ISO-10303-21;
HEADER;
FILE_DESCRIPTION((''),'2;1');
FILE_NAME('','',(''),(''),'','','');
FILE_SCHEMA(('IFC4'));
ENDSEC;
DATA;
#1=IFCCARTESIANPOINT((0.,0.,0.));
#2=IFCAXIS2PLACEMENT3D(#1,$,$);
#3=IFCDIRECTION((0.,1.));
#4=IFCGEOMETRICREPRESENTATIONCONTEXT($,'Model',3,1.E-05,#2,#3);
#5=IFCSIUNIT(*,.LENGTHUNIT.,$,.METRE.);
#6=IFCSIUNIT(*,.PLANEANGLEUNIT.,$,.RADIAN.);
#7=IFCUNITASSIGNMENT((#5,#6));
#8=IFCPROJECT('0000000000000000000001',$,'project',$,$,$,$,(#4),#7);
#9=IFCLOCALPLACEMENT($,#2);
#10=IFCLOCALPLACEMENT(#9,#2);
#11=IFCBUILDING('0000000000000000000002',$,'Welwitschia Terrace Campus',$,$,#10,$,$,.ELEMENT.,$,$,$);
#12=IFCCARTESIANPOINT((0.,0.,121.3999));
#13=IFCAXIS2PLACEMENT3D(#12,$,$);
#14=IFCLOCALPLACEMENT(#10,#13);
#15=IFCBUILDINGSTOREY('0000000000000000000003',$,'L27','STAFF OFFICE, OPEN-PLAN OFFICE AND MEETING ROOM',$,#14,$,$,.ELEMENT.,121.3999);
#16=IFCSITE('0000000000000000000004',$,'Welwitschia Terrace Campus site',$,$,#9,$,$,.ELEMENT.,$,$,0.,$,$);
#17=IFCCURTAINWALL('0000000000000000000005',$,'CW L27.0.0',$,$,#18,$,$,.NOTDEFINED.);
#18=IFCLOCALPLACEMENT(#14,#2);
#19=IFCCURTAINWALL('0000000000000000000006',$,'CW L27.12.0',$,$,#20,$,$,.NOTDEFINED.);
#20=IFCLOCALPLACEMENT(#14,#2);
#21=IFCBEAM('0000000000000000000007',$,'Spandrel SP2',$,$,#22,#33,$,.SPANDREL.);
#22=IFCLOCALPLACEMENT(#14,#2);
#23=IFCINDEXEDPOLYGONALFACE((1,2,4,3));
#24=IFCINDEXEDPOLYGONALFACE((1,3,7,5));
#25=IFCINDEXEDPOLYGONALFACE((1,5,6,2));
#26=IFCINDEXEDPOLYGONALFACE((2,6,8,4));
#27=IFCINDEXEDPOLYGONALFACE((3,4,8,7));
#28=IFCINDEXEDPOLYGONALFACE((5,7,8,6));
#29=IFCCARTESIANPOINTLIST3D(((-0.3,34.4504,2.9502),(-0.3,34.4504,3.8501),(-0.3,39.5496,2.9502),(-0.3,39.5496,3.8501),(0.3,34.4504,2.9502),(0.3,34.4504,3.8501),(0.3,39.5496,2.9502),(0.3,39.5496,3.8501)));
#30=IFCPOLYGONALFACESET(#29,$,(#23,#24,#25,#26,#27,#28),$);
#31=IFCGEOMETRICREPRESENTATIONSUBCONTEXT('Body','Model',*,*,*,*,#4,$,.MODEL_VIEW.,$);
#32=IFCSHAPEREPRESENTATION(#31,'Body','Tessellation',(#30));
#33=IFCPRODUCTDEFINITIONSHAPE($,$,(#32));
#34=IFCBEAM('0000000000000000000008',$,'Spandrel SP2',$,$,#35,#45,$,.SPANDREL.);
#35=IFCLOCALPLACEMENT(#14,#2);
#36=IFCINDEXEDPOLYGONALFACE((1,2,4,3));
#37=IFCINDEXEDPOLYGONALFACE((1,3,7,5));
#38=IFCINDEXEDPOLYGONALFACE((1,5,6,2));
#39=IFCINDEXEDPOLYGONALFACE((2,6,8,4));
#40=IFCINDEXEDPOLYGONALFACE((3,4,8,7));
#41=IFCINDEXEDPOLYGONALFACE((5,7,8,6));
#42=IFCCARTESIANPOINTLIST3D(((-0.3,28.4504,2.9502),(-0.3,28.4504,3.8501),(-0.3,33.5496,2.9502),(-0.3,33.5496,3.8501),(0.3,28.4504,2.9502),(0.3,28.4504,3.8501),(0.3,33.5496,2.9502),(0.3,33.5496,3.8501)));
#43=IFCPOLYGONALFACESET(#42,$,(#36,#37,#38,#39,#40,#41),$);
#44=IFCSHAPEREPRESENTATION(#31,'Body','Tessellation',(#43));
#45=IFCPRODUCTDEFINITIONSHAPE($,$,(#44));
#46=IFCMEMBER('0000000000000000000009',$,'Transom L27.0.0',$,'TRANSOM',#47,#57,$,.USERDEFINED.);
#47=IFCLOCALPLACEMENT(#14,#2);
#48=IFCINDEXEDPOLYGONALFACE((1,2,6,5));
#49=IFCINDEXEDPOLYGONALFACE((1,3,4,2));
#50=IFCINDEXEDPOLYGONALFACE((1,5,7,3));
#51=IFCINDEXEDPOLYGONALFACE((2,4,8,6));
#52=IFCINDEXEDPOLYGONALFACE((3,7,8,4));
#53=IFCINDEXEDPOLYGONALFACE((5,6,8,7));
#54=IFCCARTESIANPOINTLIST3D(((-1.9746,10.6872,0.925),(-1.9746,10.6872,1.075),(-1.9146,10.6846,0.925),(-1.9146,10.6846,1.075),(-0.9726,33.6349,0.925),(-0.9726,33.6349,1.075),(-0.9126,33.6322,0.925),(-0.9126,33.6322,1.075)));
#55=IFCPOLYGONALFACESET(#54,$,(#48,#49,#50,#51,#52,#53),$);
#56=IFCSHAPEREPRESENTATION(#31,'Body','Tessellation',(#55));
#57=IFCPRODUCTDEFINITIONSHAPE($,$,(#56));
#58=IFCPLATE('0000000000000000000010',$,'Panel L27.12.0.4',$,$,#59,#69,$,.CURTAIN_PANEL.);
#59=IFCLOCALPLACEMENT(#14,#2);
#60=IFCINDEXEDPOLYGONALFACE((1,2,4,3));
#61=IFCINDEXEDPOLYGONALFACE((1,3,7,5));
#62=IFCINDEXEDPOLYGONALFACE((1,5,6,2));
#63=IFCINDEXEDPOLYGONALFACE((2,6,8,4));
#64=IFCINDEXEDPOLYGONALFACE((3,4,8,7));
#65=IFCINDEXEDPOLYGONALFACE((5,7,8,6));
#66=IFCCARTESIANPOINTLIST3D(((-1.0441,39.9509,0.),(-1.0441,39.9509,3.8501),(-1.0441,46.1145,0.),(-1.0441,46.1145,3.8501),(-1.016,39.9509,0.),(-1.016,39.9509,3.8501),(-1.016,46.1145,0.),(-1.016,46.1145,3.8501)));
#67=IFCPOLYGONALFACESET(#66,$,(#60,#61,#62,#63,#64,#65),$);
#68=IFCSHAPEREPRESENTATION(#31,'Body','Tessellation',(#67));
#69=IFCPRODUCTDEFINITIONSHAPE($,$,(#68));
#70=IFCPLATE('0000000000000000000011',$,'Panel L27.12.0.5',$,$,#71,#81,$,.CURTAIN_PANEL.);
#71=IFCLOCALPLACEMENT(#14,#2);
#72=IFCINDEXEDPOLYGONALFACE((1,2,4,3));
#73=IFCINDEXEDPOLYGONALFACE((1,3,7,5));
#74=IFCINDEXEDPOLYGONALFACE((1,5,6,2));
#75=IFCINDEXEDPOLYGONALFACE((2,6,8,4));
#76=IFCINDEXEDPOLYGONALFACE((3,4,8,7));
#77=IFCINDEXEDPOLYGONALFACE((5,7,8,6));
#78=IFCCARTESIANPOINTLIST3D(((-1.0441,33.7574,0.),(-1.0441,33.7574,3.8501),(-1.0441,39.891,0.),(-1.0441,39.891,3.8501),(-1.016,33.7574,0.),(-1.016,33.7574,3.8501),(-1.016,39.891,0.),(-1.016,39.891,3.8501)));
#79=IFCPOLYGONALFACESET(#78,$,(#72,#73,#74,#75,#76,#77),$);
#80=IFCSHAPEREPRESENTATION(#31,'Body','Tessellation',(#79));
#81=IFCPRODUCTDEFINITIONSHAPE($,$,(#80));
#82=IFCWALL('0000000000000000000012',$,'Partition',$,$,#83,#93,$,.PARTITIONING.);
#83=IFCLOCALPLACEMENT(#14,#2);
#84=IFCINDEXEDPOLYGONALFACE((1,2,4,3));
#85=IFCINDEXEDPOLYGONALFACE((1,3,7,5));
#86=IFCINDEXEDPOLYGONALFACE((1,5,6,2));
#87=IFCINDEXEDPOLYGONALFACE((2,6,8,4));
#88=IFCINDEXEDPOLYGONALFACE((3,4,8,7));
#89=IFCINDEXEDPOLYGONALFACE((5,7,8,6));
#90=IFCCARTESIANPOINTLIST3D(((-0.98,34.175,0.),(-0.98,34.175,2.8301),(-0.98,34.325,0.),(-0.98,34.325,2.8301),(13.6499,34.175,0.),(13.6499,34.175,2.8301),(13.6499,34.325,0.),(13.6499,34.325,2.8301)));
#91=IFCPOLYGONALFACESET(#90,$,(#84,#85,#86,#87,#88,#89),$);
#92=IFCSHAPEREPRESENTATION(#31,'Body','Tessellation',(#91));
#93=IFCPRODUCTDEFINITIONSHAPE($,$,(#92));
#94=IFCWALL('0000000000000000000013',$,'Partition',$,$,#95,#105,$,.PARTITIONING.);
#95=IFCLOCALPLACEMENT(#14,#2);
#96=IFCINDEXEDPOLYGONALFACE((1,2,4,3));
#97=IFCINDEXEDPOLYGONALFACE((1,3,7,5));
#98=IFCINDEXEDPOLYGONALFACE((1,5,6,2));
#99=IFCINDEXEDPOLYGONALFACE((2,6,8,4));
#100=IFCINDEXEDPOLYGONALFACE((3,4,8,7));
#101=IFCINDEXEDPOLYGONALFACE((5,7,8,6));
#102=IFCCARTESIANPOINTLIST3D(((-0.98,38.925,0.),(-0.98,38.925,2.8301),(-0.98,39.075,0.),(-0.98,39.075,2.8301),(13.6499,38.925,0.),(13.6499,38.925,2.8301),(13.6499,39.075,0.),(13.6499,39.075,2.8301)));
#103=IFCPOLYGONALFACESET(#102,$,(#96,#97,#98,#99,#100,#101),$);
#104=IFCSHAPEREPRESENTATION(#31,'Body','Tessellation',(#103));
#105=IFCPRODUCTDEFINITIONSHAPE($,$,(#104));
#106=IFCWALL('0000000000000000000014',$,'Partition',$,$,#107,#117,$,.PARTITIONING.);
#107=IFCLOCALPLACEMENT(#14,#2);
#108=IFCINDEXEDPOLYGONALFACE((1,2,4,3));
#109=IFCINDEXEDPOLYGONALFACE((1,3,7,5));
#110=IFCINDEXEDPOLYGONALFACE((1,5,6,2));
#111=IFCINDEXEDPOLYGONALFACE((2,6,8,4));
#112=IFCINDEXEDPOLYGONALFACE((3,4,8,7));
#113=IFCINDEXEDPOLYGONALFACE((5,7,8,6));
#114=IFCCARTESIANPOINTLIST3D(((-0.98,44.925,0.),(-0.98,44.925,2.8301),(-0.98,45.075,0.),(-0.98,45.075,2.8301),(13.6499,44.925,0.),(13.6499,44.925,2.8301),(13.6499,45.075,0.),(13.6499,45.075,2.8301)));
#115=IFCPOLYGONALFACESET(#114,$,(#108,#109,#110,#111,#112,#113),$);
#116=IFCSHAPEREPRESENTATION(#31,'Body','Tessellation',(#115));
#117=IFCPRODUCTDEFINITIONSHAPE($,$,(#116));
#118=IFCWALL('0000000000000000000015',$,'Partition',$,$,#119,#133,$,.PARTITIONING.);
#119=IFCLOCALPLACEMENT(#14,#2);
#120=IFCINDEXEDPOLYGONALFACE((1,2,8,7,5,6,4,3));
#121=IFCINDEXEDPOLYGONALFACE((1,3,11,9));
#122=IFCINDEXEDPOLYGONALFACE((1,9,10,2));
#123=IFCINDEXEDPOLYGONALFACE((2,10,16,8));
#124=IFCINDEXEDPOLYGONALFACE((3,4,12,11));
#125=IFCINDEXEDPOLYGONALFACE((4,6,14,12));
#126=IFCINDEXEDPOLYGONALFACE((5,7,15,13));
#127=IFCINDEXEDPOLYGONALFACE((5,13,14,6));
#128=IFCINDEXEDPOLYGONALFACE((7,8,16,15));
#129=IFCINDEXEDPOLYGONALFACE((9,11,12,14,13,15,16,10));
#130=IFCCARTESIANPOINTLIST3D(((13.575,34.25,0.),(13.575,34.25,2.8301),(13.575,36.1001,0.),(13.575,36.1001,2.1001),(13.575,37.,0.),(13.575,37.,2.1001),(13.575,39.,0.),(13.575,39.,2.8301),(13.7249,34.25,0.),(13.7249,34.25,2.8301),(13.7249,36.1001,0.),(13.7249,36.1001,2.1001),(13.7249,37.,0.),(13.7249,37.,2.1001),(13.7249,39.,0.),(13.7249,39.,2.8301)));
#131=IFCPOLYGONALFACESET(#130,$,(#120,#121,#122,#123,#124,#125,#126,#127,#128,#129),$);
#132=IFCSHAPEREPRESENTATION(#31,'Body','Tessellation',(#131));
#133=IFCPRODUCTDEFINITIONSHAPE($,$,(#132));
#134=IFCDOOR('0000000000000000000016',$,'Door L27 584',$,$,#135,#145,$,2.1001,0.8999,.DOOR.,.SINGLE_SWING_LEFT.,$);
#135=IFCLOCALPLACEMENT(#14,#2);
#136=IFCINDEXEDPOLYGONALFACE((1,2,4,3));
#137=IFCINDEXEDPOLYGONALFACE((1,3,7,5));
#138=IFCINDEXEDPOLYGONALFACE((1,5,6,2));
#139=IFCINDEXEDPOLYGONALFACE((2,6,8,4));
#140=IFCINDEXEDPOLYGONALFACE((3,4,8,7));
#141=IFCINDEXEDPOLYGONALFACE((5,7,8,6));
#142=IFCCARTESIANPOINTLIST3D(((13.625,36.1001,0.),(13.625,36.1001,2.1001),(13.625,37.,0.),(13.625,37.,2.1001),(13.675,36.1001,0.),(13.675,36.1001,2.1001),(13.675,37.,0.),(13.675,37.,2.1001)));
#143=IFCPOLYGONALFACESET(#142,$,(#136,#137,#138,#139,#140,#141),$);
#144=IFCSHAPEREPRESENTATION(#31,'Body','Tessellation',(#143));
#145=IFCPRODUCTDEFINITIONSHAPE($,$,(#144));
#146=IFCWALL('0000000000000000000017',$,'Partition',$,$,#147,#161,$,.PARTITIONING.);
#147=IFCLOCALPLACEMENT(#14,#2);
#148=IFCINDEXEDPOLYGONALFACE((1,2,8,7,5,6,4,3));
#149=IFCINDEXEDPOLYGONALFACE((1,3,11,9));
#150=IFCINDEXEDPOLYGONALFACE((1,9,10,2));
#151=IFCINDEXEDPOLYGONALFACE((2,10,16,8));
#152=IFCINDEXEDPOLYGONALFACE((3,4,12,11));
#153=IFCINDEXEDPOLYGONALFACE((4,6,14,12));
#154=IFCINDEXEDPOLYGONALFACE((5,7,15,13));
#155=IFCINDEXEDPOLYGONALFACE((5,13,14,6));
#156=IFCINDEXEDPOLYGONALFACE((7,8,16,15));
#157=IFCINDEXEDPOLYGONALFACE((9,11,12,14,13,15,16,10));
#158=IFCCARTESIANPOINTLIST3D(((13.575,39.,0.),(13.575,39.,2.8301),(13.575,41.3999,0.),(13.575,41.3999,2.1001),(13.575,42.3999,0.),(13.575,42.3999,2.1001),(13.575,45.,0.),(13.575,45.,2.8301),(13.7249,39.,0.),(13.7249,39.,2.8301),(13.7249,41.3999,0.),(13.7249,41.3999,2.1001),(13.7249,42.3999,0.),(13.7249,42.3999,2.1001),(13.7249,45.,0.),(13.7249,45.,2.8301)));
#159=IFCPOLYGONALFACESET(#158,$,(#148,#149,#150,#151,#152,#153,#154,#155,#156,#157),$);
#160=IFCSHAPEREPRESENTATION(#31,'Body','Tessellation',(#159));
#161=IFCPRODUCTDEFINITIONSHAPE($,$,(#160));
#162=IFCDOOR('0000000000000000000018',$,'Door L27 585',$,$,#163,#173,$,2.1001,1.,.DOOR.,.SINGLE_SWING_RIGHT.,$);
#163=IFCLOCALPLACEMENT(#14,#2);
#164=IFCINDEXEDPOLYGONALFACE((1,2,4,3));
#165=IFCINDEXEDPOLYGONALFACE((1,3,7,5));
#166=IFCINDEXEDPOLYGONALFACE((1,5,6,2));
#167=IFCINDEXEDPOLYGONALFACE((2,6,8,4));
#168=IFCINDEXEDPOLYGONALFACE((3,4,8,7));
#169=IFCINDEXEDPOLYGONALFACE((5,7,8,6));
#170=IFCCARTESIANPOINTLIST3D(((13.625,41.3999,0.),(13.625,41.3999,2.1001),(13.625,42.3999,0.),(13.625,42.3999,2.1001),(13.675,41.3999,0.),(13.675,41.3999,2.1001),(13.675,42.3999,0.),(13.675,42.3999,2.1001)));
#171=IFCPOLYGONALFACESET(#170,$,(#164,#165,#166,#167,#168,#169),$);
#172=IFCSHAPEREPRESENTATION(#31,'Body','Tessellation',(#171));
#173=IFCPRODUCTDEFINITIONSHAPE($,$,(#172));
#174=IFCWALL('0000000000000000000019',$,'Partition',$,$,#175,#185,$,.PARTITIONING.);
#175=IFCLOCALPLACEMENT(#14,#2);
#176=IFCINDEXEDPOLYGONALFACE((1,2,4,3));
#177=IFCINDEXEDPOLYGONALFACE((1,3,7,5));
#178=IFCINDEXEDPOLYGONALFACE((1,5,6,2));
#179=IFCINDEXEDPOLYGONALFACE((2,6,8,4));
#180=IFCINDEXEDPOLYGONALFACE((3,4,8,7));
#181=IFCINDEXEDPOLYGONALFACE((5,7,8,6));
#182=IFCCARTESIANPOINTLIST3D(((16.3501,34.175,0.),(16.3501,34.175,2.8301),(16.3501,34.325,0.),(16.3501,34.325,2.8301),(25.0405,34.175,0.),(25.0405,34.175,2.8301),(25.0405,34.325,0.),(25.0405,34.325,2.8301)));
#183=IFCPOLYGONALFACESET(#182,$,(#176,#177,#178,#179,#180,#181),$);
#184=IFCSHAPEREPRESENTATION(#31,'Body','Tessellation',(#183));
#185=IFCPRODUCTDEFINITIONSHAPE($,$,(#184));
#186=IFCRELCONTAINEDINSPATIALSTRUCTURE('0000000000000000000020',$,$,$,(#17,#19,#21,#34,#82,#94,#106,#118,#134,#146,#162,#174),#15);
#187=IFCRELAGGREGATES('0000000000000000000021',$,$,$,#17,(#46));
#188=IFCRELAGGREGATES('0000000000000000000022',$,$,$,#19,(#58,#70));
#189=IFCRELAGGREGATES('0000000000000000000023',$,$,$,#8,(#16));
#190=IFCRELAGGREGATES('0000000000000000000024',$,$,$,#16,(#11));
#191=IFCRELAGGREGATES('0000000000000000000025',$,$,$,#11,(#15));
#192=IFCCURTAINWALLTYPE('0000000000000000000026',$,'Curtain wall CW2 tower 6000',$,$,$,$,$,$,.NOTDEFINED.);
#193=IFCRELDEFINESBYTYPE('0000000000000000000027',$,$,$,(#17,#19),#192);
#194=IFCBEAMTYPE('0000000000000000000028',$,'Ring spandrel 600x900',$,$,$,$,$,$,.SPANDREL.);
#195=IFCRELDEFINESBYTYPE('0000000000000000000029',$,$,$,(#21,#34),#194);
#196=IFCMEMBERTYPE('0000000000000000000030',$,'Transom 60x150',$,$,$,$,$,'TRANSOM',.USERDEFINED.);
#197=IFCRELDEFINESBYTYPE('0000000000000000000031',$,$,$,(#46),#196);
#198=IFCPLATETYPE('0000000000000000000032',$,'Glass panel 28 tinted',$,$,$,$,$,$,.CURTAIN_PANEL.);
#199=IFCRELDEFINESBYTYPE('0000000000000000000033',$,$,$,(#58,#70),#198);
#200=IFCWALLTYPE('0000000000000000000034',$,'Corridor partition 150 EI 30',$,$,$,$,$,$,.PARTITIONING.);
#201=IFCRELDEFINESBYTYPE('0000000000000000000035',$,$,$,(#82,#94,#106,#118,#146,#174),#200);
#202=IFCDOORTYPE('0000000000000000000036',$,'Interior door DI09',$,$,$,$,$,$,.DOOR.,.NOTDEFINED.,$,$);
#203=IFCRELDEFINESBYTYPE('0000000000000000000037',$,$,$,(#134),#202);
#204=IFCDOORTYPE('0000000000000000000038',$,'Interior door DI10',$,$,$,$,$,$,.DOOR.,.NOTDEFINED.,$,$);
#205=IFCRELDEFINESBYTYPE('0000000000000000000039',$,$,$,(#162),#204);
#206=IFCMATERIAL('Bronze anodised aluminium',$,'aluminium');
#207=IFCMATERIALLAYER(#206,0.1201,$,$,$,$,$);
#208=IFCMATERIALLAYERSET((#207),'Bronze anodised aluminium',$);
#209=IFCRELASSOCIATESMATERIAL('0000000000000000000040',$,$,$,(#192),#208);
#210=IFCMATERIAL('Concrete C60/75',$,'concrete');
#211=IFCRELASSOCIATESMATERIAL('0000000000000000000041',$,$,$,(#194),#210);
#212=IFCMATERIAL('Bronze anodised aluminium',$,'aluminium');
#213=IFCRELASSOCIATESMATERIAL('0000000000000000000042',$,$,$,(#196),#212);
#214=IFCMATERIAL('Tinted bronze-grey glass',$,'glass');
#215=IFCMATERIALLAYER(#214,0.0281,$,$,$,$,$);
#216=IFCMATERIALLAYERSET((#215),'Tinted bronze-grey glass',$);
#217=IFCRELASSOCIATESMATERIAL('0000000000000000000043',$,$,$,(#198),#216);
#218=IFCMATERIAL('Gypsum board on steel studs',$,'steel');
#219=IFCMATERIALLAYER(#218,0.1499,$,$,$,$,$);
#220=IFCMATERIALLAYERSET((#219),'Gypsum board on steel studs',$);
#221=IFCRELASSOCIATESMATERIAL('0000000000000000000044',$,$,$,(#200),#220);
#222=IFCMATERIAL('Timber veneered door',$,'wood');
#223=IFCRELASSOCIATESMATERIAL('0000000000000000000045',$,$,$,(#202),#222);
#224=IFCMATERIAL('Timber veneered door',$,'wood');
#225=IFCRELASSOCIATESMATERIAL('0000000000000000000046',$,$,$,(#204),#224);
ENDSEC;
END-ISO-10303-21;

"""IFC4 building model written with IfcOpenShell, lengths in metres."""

from ifc_helpers import new_model, si_unit, direction, frame, frame_2d, origin, origin_2d, place, context, subcontext, project, spatial, rectangle, extrude, material, layer, layer_set, material_profile, profile_set, type_object, element, fill, aggregate, save


model = new_model("IFC4")

# Units and contexts
model_context = context("Model", 3, precision=1e-05, world=origin(), true_north=direction((0.0, 1.0)))
body_context = subcontext(model_context, "Body", "Model", "MODEL_VIEW")
ifc_project = project(units=[si_unit("LENGTHUNIT", "METRE"), si_unit("PLANEANGLEUNIT", "RADIAN")], contexts=[model_context])

# Site, building, storey
site_placement = place(None, origin())
site = spatial("IfcSite", under=ifc_project, at=site_placement, Name="Welwitschia Terrace Campus site", CompositionType="ELEMENT", RefElevation=0.0)
building_placement = place(site_placement, origin())
building = spatial("IfcBuilding", under=site, at=building_placement, Name="Welwitschia Terrace Campus", CompositionType="ELEMENT")
storey_placement = place(building_placement, frame((0.0, 0.0, 121.3999)))
storey = spatial("IfcBuildingStorey", under=building, at=storey_placement, Name="L27", Description="STAFF OFFICE, OPEN-PLAN OFFICE AND MEETING ROOM", CompositionType="ELEMENT", Elevation=121.3999)

# Curtain wall
ifc_material_1 = material(Name="Bronze anodised aluminium", Category="aluminium")
ifc_layer_1 = layer(ifc_material_1, 0.1201)
ifc_layer_set_1 = layer_set([ifc_layer_1], Name="Bronze anodised aluminium")
curtain_wall_type = type_object("IfcCurtainWallType", Name="Curtain wall CW2 tower 6000", PredefinedType="NOTDEFINED", material=ifc_layer_set_1)
curtain_wall_1_placement = place(storey_placement, origin())
curtain_wall_1 = element("IfcCurtainWall", 1, at=curtain_wall_1_placement, inside=storey, type_object=curtain_wall_type, Name="CW L27.0.0", PredefinedType="NOTDEFINED")

# Curtain wall
curtain_wall_2_placement = place(storey_placement, origin())
curtain_wall_2 = element("IfcCurtainWall", 2, at=curtain_wall_2_placement, inside=storey, type_object=curtain_wall_type, Name="CW L27.12.0", PredefinedType="NOTDEFINED")

# Beams
ifc_material_2 = material(Name="Concrete C60/75", Category="concrete")
ifc_material_profile_1 = material_profile(ifc_material_2, rectangle(XDim=0.6001, YDim=0.8999, at=origin_2d()))
ifc_profile_set_1 = profile_set([ifc_material_profile_1], Name="Concrete C60/75")
beam_type_1 = type_object("IfcBeamType", Name="Ring spandrel 600x900", PredefinedType="SPANDREL", material=ifc_profile_set_1)
for number, where, z_axis, x_axis, name in (
    (3, (0.0, 39.5496, 3.4001), (0.0, -1.0, 0.0), (1.0, 0.0, 0.0), "Spandrel SP2"),
    (4, (0.0, 33.5496, 3.4001), (0.0, -1.0, 0.0), (1.0, 0.0, 0.0), "Spandrel SP2"),
):
    element("IfcBeam", number, at=place(storey_placement, frame(where, z_axis=z_axis, x_axis=x_axis)), inside=storey, type_object=beam_type_1, Name=name, PredefinedType="SPANDREL", context=body_context, shape_type="SweptSolid", body=[
        extrude(rectangle(XDim=0.6001, YDim=0.8999, at=origin_2d()), origin(), (0.0, 0.0, 1.0), 5.0991),
    ])

# Member
ifc_material_3 = material(Name="Bronze anodised aluminium", Category="aluminium")
ifc_material_profile_2 = material_profile(ifc_material_3, rectangle(XDim=0.0601, YDim=0.1499, at=origin_2d()))
ifc_profile_set_2 = profile_set([ifc_material_profile_2], Name="Bronze anodised aluminium")
member_type_1 = type_object("IfcMemberType", Name="Transom 60x150", ElementType="TRANSOM", PredefinedType="USERDEFINED", material=ifc_profile_set_2)
member_1_placement = place(storey_placement, frame((-0.9426, 33.6335, 1.0), z_axis=(-0.043621, -0.999048, 0.0), x_axis=(0.999048, -0.043621, 0.0)))
member_1 = element("IfcMember", 5, at=member_1_placement, type_object=member_type_1, Name="Transom L27.0.0", ObjectType="TRANSOM", PredefinedType="USERDEFINED", context=body_context, shape_type="SweptSolid", body=[
    extrude(rectangle(XDim=0.0601, YDim=0.1499, at=origin_2d()), origin(), (0.0, 0.0, 1.0), 22.9695),
])
aggregate(curtain_wall_1, [member_1])

# Plates
ifc_material_4 = material(Name="Tinted bronze-grey glass", Category="glass")
ifc_layer_2 = layer(ifc_material_4, 0.0281)
ifc_layer_set_2 = layer_set([ifc_layer_2], Name="Tinted bronze-grey glass")
plate_type = type_object("IfcPlateType", Name="Glass panel 28 tinted", PredefinedType="CURTAIN_PANEL", material=ifc_layer_set_2)
plate_1_placement = place(storey_placement, frame((-1.03, 43.0327, 0.0), z_axis=(0.0, 0.0, 1.0), x_axis=(0.0, -1.0, 0.0)))
plate_1 = element("IfcPlate", 6, at=plate_1_placement, type_object=plate_type, Name="Panel L27.12.0.4", PredefinedType="CURTAIN_PANEL", context=body_context, shape_type="SweptSolid", body=[
    extrude(rectangle(XDim=6.1636, YDim=0.0281, at=origin_2d()), origin(), (0.0, 0.0, 1.0), 3.8501),
])
plate_2_placement = place(storey_placement, frame((-1.03, 36.8242, 0.0), z_axis=(0.0, 0.0, 1.0), x_axis=(0.0, -1.0, 0.0)))
plate_2 = element("IfcPlate", 7, at=plate_2_placement, type_object=plate_type, Name="Panel L27.12.0.5", PredefinedType="CURTAIN_PANEL", context=body_context, shape_type="SweptSolid", body=[
    extrude(rectangle(XDim=6.1335, YDim=0.0281, at=origin_2d()), origin(), (0.0, 0.0, 1.0), 3.8501),
])
aggregate(curtain_wall_2, [plate_1, plate_2])

# Walls
ifc_material_5 = material(Name="Gypsum board on steel studs", Category="steel")
ifc_layer_3 = layer(ifc_material_5, 0.1499)
ifc_layer_set_3 = layer_set([ifc_layer_3], Name="Gypsum board on steel studs")
wall_type = type_object("IfcWallType", Name="Corridor partition 150 EI 30", PredefinedType="PARTITIONING", material=ifc_layer_set_3)
for number, where, z_axis, x_axis, name in (
    (8, (-0.98, 34.25, 0.0), (0.0, 0.0, 1.0), (1.0, 0.0, 0.0), "Partition"),
    (9, (-0.98, 39.0, 0.0), (0.0, 0.0, 1.0), (1.0, 0.0, 0.0), "Partition"),
    (10, (-0.98, 45.0, 0.0), (0.0, 0.0, 1.0), (1.0, 0.0, 0.0), "Partition"),
):
    element("IfcWall", number, at=place(storey_placement, frame(where, z_axis=z_axis, x_axis=x_axis)), inside=storey, type_object=wall_type, Name=name, PredefinedType="PARTITIONING", context=body_context, shape_type="SweptSolid", body=[
        extrude(rectangle(XDim=14.6299, YDim=0.1499, at=frame_2d((7.3149, 0.0))), origin(), (0.0, 0.0, 1.0), 2.8301),
    ])

# Walls, openings, doors
wall_1_placement = place(storey_placement, frame((13.6499, 34.25, 0.0), z_axis=(0.0, 0.0, 1.0), x_axis=(0.0, 1.0, 0.0)))
wall_1 = element("IfcWall", 11, at=wall_1_placement, inside=storey, type_object=wall_type, Name="Partition", PredefinedType="PARTITIONING", context=body_context, shape_type="SweptSolid", body=[
    extrude(rectangle(XDim=4.75, YDim=0.1499, at=frame_2d((2.375, 0.0))), origin(), (0.0, 0.0, 1.0), 2.8301),
])
opening_1_placement = place(wall_1_placement, frame((1.8501, 0.0, 0.0)))
opening_1 = element("IfcOpeningElement", 12, at=opening_1_placement, cuts=wall_1, PredefinedType="OPENING", context=body_context, shape_type="SweptSolid", body=[
    extrude(rectangle(XDim=0.8999, YDim=2.1001, at=frame_2d((0.45, 1.05))), frame((0.0, 0.085, 0.0), z_axis=(0.0, -1.0, 0.0), x_axis=(1.0, 0.0, 0.0)), (0.0, 0.0, 1.0), 0.1699),
])
ifc_material_6 = material(Name="Timber veneered door", Category="wood")
door_type_1 = type_object("IfcDoorType", Name="Interior door DI09", OperationType="NOTDEFINED", PredefinedType="DOOR", material=ifc_material_6)
door_1_placement = place(opening_1_placement, origin())
door_1 = element("IfcDoor", 13, at=door_1_placement, inside=storey, type_object=door_type_1, Name="Door L27 584", OperationType="SINGLE_SWING_LEFT", OverallHeight=2.1001, OverallWidth=0.8999, PredefinedType="DOOR", context=body_context, shape_type="SweptSolid", body=[
    extrude(rectangle(XDim=0.8999, YDim=2.1001, at=frame_2d((0.45, 1.05))), frame((0.0, 0.0249, 0.0), z_axis=(0.0, -1.0, 0.0), x_axis=(1.0, 0.0, 0.0)), (0.0, 0.0, 1.0), 0.05),
])
fill(opening_1, door_1)
wall_2_placement = place(storey_placement, frame((13.6499, 39.0, 0.0), z_axis=(0.0, 0.0, 1.0), x_axis=(0.0, 1.0, 0.0)))
wall_2 = element("IfcWall", 14, at=wall_2_placement, inside=storey, type_object=wall_type, Name="Partition", PredefinedType="PARTITIONING", context=body_context, shape_type="SweptSolid", body=[
    extrude(rectangle(XDim=6.0, YDim=0.1499, at=frame_2d((3.0, 0.0))), origin(), (0.0, 0.0, 1.0), 2.8301),
])
opening_2_placement = place(wall_2_placement, frame((2.3999, 0.0, 0.0)))
opening_2 = element("IfcOpeningElement", 15, at=opening_2_placement, cuts=wall_2, PredefinedType="OPENING", context=body_context, shape_type="SweptSolid", body=[
    extrude(rectangle(XDim=1.0, YDim=2.1001, at=frame_2d((0.5, 1.05))), frame((0.0, 0.085, 0.0), z_axis=(0.0, -1.0, 0.0), x_axis=(1.0, 0.0, 0.0)), (0.0, 0.0, 1.0), 0.1699),
])
ifc_material_7 = material(Name="Timber veneered door", Category="wood")
door_type_2 = type_object("IfcDoorType", Name="Interior door DI10", OperationType="NOTDEFINED", PredefinedType="DOOR", material=ifc_material_7)
door_2_placement = place(opening_2_placement, origin())
door_2 = element("IfcDoor", 16, at=door_2_placement, inside=storey, type_object=door_type_2, Name="Door L27 585", OperationType="SINGLE_SWING_RIGHT", OverallHeight=2.1001, OverallWidth=1.0, PredefinedType="DOOR", context=body_context, shape_type="SweptSolid", body=[
    extrude(rectangle(XDim=1.0, YDim=2.1001, at=frame_2d((0.5, 1.05))), frame((0.0, 0.0249, 0.0), z_axis=(0.0, -1.0, 0.0), x_axis=(1.0, 0.0, 0.0)), (0.0, 0.0, 1.0), 0.05),
])
fill(opening_2, door_2)

# Wall
wall_3_placement = place(storey_placement, frame((16.3501, 34.25, 0.0), z_axis=(0.0, 0.0, 1.0), x_axis=(1.0, 0.0, 0.0)))
element("IfcWall", 17, at=wall_3_placement, inside=storey, type_object=wall_type, Name="Partition", PredefinedType="PARTITIONING", context=body_context, shape_type="SweptSolid", body=[
    extrude(rectangle(XDim=8.6904, YDim=0.1499, at=frame_2d((4.3452, 0.0))), origin(), (0.0, 0.0, 1.0), 2.8301),
])

save(model, "model.ifc")
